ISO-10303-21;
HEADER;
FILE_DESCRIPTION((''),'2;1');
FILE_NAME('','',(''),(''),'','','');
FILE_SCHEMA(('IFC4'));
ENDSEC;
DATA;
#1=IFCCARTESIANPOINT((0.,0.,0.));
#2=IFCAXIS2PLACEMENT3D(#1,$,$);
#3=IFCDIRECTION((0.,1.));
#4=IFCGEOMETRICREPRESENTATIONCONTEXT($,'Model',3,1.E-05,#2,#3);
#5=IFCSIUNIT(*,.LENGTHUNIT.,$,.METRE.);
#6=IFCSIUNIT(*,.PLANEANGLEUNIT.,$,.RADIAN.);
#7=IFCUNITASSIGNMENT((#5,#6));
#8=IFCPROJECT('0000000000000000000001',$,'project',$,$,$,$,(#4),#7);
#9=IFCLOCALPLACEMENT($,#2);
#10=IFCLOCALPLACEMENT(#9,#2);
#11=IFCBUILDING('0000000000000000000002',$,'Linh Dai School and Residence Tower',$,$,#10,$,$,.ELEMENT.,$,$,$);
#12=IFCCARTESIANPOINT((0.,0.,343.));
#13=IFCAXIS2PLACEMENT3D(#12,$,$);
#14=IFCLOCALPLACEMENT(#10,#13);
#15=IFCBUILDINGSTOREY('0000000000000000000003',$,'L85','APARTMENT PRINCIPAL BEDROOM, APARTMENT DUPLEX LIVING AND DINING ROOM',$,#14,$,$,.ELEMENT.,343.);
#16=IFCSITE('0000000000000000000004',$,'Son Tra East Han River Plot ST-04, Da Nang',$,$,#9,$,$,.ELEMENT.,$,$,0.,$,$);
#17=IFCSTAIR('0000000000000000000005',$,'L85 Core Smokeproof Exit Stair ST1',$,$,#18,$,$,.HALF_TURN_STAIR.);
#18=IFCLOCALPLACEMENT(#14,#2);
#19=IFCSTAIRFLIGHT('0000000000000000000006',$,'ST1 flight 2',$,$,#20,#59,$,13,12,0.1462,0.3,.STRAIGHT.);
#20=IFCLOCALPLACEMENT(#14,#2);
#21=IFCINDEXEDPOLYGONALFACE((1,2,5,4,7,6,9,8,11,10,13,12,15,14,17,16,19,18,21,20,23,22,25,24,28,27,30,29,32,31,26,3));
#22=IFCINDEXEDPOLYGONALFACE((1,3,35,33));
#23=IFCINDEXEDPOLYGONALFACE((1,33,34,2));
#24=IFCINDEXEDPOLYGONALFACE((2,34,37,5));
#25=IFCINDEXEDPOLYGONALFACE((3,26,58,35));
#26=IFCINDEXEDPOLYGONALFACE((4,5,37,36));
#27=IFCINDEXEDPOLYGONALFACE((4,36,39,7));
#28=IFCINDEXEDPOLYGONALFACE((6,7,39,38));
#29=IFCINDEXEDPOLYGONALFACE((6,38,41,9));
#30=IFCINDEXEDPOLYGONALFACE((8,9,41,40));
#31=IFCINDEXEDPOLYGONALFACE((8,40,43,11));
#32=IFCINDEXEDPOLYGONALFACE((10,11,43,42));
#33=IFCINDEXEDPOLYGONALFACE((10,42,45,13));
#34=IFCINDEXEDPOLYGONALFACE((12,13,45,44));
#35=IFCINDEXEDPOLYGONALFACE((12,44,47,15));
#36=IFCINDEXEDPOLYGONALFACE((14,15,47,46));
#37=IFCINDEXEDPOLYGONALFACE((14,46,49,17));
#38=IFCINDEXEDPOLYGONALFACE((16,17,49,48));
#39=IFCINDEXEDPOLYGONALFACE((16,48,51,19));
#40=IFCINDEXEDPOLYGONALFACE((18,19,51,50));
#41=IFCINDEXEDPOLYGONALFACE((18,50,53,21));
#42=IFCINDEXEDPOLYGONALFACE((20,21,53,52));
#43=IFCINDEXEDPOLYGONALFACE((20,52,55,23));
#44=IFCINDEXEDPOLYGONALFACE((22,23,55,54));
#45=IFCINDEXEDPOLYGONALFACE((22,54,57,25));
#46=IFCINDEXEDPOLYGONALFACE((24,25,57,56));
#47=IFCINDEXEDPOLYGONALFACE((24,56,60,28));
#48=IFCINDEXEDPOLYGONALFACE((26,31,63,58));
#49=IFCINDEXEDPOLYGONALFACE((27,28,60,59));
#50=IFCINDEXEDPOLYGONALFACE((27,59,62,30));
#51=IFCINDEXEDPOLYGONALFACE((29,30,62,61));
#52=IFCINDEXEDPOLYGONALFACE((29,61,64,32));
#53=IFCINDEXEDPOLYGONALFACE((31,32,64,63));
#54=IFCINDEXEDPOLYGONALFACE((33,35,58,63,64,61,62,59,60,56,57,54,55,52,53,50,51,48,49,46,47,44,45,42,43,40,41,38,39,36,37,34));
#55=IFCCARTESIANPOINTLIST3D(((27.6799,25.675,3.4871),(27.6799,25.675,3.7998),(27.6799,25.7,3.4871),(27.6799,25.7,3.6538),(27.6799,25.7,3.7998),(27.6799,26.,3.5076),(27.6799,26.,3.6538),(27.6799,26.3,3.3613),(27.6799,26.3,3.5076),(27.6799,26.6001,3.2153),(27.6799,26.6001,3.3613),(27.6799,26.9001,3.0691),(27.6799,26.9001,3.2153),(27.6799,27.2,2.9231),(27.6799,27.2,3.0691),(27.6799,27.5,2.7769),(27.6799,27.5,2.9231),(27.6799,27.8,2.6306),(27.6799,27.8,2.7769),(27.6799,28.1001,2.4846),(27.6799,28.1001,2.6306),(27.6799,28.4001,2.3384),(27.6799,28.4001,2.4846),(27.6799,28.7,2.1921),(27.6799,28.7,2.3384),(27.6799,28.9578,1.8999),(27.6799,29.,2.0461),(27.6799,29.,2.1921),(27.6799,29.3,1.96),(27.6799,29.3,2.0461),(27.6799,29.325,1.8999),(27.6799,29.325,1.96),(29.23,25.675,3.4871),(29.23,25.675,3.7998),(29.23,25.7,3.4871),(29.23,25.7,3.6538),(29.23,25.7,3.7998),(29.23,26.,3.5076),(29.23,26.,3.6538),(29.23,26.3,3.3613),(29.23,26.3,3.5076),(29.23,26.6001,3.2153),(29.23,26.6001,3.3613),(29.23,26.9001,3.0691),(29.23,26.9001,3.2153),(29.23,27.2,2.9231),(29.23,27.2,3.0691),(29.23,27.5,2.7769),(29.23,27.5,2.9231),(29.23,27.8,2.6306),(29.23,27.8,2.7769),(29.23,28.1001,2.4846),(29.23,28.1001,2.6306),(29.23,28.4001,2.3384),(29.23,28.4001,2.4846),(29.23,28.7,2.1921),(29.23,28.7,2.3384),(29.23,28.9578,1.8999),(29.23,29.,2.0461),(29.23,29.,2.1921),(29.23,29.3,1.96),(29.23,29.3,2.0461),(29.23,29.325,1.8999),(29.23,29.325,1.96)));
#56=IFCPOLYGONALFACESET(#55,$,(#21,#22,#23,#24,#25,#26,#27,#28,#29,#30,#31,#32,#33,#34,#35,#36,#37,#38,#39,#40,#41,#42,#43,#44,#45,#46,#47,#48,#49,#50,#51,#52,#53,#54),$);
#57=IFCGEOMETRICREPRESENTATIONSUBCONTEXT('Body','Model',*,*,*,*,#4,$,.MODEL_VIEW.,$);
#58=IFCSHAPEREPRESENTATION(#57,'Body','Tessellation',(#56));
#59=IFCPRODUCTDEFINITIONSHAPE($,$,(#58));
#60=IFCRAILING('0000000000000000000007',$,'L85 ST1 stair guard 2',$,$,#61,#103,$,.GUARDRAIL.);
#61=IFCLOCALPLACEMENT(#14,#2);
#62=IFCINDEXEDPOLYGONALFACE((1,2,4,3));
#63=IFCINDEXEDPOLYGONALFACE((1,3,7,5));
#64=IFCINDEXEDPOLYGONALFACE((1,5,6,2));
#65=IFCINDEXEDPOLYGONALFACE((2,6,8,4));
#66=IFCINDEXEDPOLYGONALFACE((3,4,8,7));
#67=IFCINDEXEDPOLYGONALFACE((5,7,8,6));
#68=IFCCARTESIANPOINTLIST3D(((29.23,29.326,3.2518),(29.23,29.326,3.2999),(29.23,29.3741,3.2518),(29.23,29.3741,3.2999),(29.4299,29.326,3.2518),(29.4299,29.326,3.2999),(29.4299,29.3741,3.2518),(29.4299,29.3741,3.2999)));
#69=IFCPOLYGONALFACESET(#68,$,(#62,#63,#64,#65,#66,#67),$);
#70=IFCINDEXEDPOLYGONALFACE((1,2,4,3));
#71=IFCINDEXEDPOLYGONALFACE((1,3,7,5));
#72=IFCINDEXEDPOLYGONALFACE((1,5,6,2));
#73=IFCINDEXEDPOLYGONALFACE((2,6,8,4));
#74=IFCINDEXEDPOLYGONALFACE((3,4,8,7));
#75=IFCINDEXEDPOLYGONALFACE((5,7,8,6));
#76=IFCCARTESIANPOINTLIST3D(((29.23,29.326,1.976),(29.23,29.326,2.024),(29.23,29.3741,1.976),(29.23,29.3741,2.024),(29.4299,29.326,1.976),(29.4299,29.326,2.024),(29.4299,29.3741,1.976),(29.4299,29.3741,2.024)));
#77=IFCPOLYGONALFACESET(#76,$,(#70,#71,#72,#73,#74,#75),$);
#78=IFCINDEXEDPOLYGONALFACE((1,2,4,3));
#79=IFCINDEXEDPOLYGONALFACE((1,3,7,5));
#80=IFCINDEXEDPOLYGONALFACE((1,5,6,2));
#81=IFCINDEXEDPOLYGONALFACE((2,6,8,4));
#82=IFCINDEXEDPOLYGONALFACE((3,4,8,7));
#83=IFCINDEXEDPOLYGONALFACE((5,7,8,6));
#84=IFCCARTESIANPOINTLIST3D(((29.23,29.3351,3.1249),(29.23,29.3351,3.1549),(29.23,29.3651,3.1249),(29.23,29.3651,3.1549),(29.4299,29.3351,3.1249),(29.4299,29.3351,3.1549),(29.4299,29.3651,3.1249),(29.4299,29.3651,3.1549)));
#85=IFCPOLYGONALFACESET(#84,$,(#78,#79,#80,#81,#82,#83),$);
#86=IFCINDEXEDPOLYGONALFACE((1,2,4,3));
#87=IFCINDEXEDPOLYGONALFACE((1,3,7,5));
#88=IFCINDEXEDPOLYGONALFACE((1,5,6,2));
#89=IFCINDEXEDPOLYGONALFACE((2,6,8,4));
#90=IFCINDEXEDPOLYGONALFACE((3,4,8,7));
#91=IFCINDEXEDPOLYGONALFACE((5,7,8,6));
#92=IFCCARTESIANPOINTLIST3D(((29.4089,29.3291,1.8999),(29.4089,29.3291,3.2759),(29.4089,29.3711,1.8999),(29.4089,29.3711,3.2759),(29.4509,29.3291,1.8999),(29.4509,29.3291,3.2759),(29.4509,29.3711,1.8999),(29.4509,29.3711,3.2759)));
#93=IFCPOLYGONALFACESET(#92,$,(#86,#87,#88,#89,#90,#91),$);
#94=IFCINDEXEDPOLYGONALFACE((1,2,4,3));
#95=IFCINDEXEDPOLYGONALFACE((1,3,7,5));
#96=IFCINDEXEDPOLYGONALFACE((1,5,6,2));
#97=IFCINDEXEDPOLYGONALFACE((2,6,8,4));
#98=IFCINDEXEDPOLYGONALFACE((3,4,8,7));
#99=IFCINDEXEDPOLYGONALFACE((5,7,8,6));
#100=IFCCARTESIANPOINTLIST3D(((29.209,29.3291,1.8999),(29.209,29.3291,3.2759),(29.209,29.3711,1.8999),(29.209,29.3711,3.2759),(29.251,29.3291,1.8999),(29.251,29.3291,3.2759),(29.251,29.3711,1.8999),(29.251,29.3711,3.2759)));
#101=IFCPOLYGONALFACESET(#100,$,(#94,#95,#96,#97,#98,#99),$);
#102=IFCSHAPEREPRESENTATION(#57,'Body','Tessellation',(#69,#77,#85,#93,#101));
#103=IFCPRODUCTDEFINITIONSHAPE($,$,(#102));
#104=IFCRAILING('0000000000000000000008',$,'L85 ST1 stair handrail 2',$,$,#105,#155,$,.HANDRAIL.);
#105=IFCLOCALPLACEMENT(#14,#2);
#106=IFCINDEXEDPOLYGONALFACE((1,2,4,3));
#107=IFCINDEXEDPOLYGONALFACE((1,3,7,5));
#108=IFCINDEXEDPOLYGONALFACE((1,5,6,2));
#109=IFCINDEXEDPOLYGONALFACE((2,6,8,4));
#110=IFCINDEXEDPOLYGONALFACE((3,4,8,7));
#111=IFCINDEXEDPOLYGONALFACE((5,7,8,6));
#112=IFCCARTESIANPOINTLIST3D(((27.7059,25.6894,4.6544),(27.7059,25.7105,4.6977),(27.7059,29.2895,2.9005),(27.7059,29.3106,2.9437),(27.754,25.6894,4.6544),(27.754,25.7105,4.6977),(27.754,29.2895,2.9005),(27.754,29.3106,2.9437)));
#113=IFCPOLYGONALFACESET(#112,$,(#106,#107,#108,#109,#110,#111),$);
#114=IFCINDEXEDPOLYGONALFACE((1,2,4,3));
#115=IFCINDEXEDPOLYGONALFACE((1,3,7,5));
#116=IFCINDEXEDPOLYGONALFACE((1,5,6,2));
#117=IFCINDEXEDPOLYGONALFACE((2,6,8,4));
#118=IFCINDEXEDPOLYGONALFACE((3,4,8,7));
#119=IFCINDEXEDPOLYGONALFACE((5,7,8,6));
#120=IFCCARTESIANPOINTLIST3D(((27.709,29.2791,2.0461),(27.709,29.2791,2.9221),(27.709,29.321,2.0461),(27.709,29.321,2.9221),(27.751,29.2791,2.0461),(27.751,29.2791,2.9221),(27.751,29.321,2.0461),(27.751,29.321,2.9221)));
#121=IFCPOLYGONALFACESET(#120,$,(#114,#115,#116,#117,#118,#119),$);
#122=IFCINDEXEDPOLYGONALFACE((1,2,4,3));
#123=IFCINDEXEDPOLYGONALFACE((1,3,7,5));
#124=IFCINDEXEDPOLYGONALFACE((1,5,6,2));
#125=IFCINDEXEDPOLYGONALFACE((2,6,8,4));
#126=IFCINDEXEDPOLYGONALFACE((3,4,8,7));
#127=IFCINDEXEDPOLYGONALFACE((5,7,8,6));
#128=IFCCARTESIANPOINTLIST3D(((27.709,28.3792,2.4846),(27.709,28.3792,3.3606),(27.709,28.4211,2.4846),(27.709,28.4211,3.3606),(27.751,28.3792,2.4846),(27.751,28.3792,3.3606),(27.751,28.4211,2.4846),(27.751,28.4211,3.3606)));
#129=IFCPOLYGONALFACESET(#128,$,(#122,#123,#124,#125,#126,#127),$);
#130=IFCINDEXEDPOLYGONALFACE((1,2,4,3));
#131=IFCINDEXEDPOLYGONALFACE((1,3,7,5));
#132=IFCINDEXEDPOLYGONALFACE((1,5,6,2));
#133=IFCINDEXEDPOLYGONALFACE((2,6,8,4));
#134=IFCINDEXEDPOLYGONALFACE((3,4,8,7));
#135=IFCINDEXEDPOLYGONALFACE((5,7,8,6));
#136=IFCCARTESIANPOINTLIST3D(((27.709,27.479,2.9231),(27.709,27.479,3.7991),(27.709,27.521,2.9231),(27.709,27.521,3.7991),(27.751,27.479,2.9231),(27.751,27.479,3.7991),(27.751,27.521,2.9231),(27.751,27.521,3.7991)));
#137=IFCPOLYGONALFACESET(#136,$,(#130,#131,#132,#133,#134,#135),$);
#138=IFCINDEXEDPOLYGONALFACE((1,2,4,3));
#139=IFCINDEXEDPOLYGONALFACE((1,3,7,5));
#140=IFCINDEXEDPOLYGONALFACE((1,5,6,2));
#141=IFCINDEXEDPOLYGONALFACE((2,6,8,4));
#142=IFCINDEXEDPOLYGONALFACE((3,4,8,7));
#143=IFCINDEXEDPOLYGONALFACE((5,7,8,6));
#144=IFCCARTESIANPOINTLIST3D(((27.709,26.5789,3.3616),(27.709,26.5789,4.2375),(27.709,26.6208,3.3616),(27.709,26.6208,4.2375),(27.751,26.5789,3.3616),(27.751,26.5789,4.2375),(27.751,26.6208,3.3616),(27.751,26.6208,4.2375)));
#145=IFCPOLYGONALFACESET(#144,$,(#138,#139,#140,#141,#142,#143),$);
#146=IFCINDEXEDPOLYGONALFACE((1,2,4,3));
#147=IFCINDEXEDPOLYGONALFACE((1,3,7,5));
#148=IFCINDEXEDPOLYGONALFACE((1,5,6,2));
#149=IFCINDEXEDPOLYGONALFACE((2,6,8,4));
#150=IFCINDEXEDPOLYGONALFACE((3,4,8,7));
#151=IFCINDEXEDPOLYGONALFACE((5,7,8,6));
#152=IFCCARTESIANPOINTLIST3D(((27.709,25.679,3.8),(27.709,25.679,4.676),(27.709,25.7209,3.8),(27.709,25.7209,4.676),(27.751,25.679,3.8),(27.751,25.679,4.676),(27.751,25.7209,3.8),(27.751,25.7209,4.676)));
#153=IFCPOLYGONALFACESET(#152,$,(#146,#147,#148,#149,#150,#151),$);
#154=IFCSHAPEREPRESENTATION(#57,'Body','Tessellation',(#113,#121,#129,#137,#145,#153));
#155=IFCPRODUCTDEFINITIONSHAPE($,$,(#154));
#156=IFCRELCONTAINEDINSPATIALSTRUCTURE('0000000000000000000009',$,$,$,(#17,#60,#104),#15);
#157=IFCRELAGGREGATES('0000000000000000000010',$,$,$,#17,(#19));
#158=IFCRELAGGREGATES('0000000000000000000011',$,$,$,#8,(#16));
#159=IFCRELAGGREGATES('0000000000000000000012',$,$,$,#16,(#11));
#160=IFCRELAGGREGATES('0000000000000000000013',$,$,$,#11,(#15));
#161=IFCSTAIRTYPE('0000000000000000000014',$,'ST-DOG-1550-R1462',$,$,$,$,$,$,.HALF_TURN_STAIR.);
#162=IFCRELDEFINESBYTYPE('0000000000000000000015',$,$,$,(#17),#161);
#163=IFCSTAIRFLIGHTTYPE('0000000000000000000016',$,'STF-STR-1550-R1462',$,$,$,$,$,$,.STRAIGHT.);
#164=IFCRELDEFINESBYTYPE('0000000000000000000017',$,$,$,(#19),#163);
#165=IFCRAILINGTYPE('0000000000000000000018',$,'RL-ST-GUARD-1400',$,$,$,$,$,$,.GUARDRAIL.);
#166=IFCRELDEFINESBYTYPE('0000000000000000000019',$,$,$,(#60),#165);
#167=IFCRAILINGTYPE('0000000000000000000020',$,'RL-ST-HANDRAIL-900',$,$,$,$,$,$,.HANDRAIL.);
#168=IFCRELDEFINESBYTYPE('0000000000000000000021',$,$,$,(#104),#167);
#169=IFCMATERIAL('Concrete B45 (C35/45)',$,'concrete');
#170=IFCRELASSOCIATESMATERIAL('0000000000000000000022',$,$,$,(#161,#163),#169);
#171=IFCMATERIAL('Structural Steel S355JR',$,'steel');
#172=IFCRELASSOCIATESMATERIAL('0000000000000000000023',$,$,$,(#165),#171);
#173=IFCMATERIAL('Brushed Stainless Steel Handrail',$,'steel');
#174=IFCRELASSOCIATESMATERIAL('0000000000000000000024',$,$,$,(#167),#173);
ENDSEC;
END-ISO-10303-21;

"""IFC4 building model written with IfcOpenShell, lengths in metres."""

from ifc_helpers import new_model, si_unit, direction, frame, origin, origin_2d, place, context, subcontext, project, spatial, polyline, rectangle, outline, extrude, source, transform, mapped, material, type_object, element, aggregate, save


model = new_model("IFC4")

# Units and contexts
model_context = context("Model", 3, precision=1e-05, world=origin(), true_north=direction((0.0, 1.0)))
body_context = subcontext(model_context, "Body", "Model", "MODEL_VIEW")
ifc_project = project(units=[si_unit("LENGTHUNIT", "METRE"), si_unit("PLANEANGLEUNIT", "RADIAN")], contexts=[model_context])

# Site, building, storey
site_placement = place(None, origin())
site = spatial("IfcSite", under=ifc_project, at=site_placement, Name="Son Tra East Han River Plot ST-04, Da Nang", CompositionType="ELEMENT", RefElevation=0.0)
building_placement = place(site_placement, origin())
building = spatial("IfcBuilding", under=site, at=building_placement, Name="Linh Dai School and Residence Tower", CompositionType="ELEMENT")
storey_placement = place(building_placement, frame((0.0, 0.0, 343.0)))
storey = spatial("IfcBuildingStorey", under=building, at=storey_placement, Name="L85", Description="APARTMENT PRINCIPAL BEDROOM, APARTMENT DUPLEX LIVING AND DINING ROOM", CompositionType="ELEMENT", Elevation=343.0)

# Shared definitions
ifc_material_1 = material(Name="Structural Steel S355JR", Category="steel")

# Shared definitions
ifc_material_2 = material(Name="Concrete B45 (C35/45)", Category="concrete")

# Stair, stair flight
stair_type = type_object("IfcStairType", Name="ST-DOG-1550-R1462", PredefinedType="HALF_TURN_STAIR", material=ifc_material_2)
stair_placement = place(storey_placement, origin())
stair = element("IfcStair", 1, at=stair_placement, inside=storey, type_object=stair_type, Name="L85 Core Smokeproof Exit Stair ST1", PredefinedType="HALF_TURN_STAIR")
stair_flight_type = type_object("IfcStairFlightType", Name="STF-STR-1550-R1462", PredefinedType="STRAIGHT", material=ifc_material_2)
shared_shape_1 = source(origin(), body_context, "Body", "SweptSolid", [
    extrude(outline(polyline([(-0.0249, 0.0), (-0.0249, 0.0601), (0.0, 0.0601), (0.0, 0.1462), (0.3, 0.1462), (0.3, 0.2922), (0.6001, 0.2922), (0.6001, 0.4385), (0.8999, 0.4385), (0.8999, 0.5847), (1.2, 0.5847), (1.2, 0.7307), (1.5, 0.7307), (1.5, 0.877), (1.8, 0.877), (1.8, 1.0232), (2.1001, 1.0232), (2.1001, 1.1692), (2.3999, 1.1692), (2.3999, 1.3154), (2.7, 1.3154), (2.7, 1.4614), (3.0, 1.4614), (3.0, 1.6077), (3.3, 1.6077), (3.3, 1.7539), (3.6001, 1.7539), (3.6001, 1.8999), (3.625, 1.8999), (3.625, 1.5872), (3.6001, 1.5872), (0.3423, 0.0), (-0.0249, 0.0)])), frame((0.0, 0.7749, 0.0), z_axis=(0.0, -1.0, 0.0), x_axis=(1.0, 0.0, 0.0)), (0.0, 0.0, 1.0), 1.55),
])
stair_flight_placement = place(storey_placement, frame((28.4551, 29.3, 1.8999), z_axis=(0.0, 0.0, 1.0), x_axis=(0.0, -1.0, 0.0)))
stair_flight = element("IfcStairFlight", 2, at=stair_flight_placement, type_object=stair_flight_type, Name="ST1 flight 2", NumberOfRisers=13, NumberOfTreads=12, PredefinedType="STRAIGHT", RiserHeight=0.1462, TreadLength=0.3, context=body_context, shape_type="MappedRepresentation", body=[
    mapped(shared_shape_1, transform((0.0, 0.0, 0.0), x_axis=(1.0, 0.0, 0.0), y_axis=(0.0, 1.0, 0.0), z_axis=(0.0, 0.0, 1.0), scale=1.0)),
])
aggregate(stair, [stair_flight])

# Railings
railing_type_1 = type_object("IfcRailingType", Name="RL-ST-GUARD-1400", PredefinedType="GUARDRAIL", material=ifc_material_1)
shared_shape_2 = source(origin(), body_context, "Body", "SweptSolid", [
    extrude(rectangle(XDim=0.0481, YDim=0.0481, at=origin_2d()), frame((0.0, 0.0, 1.376), z_axis=(-1.0, 0.0, 0.0), x_axis=(0.0, -1.0, 0.0)), (0.0, 0.0, 1.0), 0.2),
    extrude(rectangle(XDim=0.0481, YDim=0.0481, at=origin_2d()), frame((0.0, 0.0, 0.1001), z_axis=(-1.0, 0.0, 0.0), x_axis=(0.0, -1.0, 0.0)), (0.0, 0.0, 1.0), 0.2),
    extrude(rectangle(XDim=0.03, YDim=0.03, at=origin_2d()), frame((0.0, 0.0, 1.24), z_axis=(-1.0, 0.0, 0.0), x_axis=(0.0, -1.0, 0.0)), (0.0, 0.0, 1.0), 0.2),
    extrude(rectangle(XDim=0.042, YDim=0.042, at=origin_2d()), origin(), (0.0, 0.0, 1.0), 1.376),
    extrude(rectangle(XDim=0.042, YDim=0.042, at=origin_2d()), frame((-0.2, 0.0, 0.0)), (0.0, 0.0, 1.0), 1.376),
])
railing_1_placement = place(storey_placement, frame((29.4299, 29.3501, 1.8999)))
element("IfcRailing", 3, at=railing_1_placement, inside=storey, type_object=railing_type_1, Name="L85 ST1 stair guard 2", PredefinedType="GUARDRAIL", context=body_context, shape_type="MappedRepresentation", body=[
    mapped(shared_shape_2, transform((0.0, 0.0, 0.0), x_axis=(1.0, 0.0, 0.0), y_axis=(0.0, 1.0, 0.0), z_axis=(0.0, 0.0, 1.0), scale=1.0)),
])
ifc_material_3 = material(Name="Brushed Stainless Steel Handrail", Category="steel")
railing_type_2 = type_object("IfcRailingType", Name="RL-ST-HANDRAIL-900", PredefinedType="HANDRAIL", material=ifc_material_3)
shared_shape_3 = source(origin(), body_context, "Body", "SweptSolid", [
    extrude(rectangle(XDim=0.0481, YDim=0.0481, at=origin_2d()), frame((0.0, 0.0, 0.876), z_axis=(0.0, -0.898989, 0.437972), x_axis=(1.0, 0.0, 0.0)), (0.0, 0.0, 1.0), 4.0046),
    extrude(rectangle(XDim=0.042, YDim=0.042, at=origin_2d()), origin(), (0.0, 0.0, 1.0), 0.876),
    extrude(rectangle(XDim=0.042, YDim=0.042, at=origin_2d()), frame((0.0, -0.8999, 0.4385)), (0.0, 0.0, 1.0), 0.876),
    extrude(rectangle(XDim=0.042, YDim=0.042, at=origin_2d()), frame((0.0, -1.8, 0.877)), (0.0, 0.0, 1.0), 0.876),
    extrude(rectangle(XDim=0.042, YDim=0.042, at=origin_2d()), frame((0.0, -2.7002, 1.3154)), (0.0, 0.0, 1.0), 0.876),
    extrude(rectangle(XDim=0.042, YDim=0.042, at=origin_2d()), frame((0.0, -3.6001, 1.7539)), (0.0, 0.0, 1.0), 0.876),
])
railing_2_placement = place(storey_placement, frame((27.73, 29.3, 2.0461)))
element("IfcRailing", 4, at=railing_2_placement, inside=storey, type_object=railing_type_2, Name="L85 ST1 stair handrail 2", PredefinedType="HANDRAIL", context=body_context, shape_type="MappedRepresentation", body=[
    mapped(shared_shape_3, transform((0.0, 0.0, 0.0), x_axis=(1.0, 0.0, 0.0), y_axis=(0.0, 1.0, 0.0), z_axis=(0.0, 0.0, 1.0), scale=1.0)),
])

save(model, "model.ifc")
